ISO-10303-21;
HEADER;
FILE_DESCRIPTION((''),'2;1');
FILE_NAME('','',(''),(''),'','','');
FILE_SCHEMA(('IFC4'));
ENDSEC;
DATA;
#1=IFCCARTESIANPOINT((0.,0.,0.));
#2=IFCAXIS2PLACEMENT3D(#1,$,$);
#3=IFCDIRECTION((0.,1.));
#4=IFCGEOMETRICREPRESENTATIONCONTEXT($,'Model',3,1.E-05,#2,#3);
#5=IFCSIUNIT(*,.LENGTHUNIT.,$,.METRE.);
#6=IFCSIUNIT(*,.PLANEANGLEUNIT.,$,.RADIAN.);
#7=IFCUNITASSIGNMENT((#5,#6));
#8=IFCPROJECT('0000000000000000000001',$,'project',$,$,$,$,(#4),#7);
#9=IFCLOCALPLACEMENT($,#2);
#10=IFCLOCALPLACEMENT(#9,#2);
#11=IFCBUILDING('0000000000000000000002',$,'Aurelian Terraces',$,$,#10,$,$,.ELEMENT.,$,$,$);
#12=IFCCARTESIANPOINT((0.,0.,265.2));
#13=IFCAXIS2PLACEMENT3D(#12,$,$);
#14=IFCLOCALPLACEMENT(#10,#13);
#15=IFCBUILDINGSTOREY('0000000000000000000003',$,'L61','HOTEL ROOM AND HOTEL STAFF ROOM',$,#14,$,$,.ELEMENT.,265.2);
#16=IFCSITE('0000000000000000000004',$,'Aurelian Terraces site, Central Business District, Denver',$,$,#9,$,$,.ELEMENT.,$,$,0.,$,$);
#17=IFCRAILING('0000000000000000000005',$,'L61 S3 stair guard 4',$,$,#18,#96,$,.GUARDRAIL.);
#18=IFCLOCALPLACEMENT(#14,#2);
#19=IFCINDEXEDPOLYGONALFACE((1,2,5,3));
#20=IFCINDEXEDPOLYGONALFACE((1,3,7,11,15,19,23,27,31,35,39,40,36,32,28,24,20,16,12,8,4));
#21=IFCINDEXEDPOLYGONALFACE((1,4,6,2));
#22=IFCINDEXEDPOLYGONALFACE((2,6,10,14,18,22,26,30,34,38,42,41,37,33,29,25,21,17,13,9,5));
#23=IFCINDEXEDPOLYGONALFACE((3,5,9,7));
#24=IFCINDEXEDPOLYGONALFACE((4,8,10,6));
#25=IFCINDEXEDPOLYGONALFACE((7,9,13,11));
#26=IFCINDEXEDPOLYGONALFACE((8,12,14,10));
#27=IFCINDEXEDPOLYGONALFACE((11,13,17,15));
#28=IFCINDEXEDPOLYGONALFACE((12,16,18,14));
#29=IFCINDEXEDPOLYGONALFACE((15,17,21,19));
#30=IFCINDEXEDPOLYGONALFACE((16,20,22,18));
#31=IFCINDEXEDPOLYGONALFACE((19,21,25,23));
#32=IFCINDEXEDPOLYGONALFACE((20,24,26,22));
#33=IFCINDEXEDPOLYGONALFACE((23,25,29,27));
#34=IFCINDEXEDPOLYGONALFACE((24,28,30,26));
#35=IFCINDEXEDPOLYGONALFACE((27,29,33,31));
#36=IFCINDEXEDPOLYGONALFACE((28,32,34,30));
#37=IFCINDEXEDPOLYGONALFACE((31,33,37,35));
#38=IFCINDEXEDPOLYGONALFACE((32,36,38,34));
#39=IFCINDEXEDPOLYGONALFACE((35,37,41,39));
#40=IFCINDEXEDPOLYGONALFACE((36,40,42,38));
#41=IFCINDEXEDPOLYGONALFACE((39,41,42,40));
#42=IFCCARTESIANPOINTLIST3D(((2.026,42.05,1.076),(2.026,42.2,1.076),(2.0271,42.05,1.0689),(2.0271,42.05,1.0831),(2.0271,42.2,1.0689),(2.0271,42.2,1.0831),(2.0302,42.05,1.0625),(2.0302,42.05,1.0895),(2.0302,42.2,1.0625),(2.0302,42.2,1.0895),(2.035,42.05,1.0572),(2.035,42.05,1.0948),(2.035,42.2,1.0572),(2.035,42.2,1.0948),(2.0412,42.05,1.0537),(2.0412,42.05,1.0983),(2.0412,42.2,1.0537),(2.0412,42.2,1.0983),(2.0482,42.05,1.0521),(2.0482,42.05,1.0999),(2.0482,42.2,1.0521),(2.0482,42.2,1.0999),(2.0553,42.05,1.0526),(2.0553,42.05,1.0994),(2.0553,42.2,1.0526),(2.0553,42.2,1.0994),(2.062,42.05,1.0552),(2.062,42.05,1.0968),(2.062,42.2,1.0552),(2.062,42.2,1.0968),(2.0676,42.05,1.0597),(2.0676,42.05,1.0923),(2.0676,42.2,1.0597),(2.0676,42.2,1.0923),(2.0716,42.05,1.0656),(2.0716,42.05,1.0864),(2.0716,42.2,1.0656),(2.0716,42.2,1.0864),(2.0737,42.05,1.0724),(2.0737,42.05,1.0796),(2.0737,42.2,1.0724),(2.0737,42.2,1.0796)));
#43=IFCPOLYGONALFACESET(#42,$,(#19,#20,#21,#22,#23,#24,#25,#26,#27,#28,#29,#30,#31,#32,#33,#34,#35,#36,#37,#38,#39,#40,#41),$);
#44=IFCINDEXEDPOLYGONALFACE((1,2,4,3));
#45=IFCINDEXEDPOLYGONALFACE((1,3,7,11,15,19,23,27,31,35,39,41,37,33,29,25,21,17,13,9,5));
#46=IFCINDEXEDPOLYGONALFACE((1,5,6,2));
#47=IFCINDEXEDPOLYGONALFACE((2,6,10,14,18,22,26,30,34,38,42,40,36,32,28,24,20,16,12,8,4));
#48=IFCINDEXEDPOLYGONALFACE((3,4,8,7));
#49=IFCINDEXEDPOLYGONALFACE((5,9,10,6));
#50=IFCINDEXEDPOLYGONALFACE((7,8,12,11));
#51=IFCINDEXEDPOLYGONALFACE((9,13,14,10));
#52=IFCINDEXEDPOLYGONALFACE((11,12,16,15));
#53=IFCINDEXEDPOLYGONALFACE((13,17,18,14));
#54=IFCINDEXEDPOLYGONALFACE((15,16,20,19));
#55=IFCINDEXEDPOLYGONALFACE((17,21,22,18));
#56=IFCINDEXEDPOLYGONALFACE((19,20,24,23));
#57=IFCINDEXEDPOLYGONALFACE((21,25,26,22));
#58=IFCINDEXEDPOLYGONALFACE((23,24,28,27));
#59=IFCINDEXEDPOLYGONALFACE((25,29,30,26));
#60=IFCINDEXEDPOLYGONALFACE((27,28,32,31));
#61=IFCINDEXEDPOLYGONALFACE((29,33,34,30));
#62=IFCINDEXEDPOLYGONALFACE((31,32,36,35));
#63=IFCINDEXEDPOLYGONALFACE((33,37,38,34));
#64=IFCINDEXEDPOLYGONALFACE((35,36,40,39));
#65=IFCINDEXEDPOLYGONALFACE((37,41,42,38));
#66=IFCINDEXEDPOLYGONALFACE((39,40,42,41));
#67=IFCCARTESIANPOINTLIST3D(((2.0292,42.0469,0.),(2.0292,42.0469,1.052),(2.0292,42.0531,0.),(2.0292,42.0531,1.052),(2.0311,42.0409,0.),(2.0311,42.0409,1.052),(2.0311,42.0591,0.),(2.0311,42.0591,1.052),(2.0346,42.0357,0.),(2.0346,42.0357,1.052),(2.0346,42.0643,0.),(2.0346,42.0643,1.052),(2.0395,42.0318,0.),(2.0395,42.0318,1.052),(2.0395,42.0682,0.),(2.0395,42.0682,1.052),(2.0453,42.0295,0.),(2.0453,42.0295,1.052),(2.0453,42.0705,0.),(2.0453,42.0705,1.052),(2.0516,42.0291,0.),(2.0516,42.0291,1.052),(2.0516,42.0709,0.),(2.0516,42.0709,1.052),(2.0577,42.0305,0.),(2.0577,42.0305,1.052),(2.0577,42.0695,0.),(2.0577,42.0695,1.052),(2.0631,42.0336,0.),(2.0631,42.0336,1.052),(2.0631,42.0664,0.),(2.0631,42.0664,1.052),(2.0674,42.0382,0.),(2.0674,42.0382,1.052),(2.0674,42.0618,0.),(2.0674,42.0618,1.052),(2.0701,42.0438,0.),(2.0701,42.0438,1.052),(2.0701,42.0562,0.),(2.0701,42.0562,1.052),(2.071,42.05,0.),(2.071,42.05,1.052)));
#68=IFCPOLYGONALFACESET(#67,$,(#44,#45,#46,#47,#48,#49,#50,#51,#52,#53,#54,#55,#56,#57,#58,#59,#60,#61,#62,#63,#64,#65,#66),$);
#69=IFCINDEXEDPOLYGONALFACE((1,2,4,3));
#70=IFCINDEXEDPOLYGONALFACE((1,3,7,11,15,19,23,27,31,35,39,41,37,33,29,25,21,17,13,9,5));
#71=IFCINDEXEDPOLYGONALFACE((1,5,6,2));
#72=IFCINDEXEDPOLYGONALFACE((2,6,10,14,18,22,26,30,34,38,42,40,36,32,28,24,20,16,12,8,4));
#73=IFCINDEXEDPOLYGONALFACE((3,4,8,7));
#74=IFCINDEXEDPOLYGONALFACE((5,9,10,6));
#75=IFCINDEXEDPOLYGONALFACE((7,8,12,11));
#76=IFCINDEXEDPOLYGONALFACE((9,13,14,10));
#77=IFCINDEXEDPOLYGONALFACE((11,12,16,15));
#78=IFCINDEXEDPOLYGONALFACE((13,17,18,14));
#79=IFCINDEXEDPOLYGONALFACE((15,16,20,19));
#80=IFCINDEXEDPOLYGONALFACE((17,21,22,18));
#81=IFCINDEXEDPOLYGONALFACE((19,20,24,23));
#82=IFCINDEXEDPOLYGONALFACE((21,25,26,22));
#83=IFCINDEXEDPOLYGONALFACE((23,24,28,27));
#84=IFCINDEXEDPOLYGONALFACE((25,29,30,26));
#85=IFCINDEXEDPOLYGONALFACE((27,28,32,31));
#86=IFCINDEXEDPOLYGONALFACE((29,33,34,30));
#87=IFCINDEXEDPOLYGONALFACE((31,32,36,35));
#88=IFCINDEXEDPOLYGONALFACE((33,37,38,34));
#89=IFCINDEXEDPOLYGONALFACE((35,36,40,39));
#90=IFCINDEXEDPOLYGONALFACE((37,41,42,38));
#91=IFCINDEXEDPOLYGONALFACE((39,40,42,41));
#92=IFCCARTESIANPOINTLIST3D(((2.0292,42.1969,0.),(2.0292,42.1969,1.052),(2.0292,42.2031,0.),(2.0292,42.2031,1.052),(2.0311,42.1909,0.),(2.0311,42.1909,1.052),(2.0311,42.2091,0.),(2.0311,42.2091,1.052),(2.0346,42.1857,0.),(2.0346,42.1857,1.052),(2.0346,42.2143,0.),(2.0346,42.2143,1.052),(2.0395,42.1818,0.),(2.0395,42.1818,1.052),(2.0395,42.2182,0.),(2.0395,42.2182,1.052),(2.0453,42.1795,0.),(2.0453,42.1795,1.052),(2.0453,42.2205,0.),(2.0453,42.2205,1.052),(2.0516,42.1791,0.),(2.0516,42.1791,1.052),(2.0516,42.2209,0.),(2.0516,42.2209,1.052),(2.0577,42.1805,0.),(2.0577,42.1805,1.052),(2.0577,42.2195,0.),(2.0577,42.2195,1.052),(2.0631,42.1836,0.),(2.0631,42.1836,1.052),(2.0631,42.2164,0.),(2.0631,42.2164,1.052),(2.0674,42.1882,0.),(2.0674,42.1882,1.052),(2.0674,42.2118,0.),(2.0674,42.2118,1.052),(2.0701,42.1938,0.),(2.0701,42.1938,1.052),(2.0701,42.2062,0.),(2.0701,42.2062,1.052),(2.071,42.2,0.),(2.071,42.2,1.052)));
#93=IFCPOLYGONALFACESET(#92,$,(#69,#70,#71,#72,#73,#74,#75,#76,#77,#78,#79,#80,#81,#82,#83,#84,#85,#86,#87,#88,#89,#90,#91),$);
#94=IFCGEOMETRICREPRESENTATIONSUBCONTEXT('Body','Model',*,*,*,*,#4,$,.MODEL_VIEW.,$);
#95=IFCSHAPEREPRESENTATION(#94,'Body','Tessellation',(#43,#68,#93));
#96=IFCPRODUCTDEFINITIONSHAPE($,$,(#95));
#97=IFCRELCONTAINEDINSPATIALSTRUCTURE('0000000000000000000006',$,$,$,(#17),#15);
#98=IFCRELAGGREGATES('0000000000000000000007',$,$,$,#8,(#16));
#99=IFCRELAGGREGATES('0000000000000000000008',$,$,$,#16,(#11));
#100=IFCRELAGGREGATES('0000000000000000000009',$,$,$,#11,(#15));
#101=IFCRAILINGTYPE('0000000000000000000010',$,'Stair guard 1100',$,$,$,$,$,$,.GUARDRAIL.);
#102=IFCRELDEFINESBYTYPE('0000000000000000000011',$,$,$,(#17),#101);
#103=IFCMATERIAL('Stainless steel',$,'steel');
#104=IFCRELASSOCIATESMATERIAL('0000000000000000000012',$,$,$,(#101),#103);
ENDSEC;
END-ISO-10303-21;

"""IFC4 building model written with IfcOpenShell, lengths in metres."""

from ifc_helpers import new_model, si_unit, direction, frame, origin, origin_2d, place, context, subcontext, project, spatial, circle, extrude, source, transform, mapped, material, type_object, element, save


model = new_model("IFC4")

# Units and contexts
model_context = context("Model", 3, precision=1e-05, world=origin(), true_north=direction((0.0, 1.0)))
body_context = subcontext(model_context, "Body", "Model", "MODEL_VIEW")
ifc_project = project(units=[si_unit("LENGTHUNIT", "METRE"), si_unit("PLANEANGLEUNIT", "RADIAN")], contexts=[model_context])

# Site, building, storey
site_placement = place(None, origin())
site = spatial("IfcSite", under=ifc_project, at=site_placement, Name="Aurelian Terraces site, Central Business District, Denver", CompositionType="ELEMENT", RefElevation=0.0)
building_placement = place(site_placement, origin())
building = spatial("IfcBuilding", under=site, at=building_placement, Name="Aurelian Terraces", CompositionType="ELEMENT")
storey_placement = place(building_placement, frame((0.0, 0.0, 265.2)))
storey = spatial("IfcBuildingStorey", under=building, at=storey_placement, Name="L61", Description="HOTEL ROOM AND HOTEL STAFF ROOM", CompositionType="ELEMENT", Elevation=265.2)

# Railing
ifc_material_1 = material(Name="Stainless steel", Category="steel")
railing_type_1 = type_object("IfcRailingType", Name="Stair guard 1100", PredefinedType="GUARDRAIL", material=ifc_material_1)
shared_shape_1 = source(origin(), body_context, "Body", "SweptSolid", [
    extrude(circle(Radius=0.024, at=origin_2d()), frame((0.0, 0.0, 1.076), z_axis=(0.0, 1.0, 0.0), x_axis=(-1.0, 0.0, 0.0)), (0.0, 0.0, 1.0), 0.15),
    extrude(circle(Radius=0.021, at=origin_2d()), origin(), (0.0, 0.0, 1.0), 1.052),
    extrude(circle(Radius=0.021, at=origin_2d()), frame((0.0, 0.15, 0.0)), (0.0, 0.0, 1.0), 1.052),
])
for number, where, name in (
    (1, (2.05, 42.05, 0.0), "L61 S3 stair guard 4"),
):
    element("IfcRailing", number, at=place(storey_placement, frame(where)), inside=storey, type_object=railing_type_1, Name=name, PredefinedType="GUARDRAIL", context=body_context, shape_type="MappedRepresentation", body=[
        mapped(shared_shape_1, transform((0.0, 0.0, 0.0), scale=1.0)),
    ])

save(model, "model.ifc")
